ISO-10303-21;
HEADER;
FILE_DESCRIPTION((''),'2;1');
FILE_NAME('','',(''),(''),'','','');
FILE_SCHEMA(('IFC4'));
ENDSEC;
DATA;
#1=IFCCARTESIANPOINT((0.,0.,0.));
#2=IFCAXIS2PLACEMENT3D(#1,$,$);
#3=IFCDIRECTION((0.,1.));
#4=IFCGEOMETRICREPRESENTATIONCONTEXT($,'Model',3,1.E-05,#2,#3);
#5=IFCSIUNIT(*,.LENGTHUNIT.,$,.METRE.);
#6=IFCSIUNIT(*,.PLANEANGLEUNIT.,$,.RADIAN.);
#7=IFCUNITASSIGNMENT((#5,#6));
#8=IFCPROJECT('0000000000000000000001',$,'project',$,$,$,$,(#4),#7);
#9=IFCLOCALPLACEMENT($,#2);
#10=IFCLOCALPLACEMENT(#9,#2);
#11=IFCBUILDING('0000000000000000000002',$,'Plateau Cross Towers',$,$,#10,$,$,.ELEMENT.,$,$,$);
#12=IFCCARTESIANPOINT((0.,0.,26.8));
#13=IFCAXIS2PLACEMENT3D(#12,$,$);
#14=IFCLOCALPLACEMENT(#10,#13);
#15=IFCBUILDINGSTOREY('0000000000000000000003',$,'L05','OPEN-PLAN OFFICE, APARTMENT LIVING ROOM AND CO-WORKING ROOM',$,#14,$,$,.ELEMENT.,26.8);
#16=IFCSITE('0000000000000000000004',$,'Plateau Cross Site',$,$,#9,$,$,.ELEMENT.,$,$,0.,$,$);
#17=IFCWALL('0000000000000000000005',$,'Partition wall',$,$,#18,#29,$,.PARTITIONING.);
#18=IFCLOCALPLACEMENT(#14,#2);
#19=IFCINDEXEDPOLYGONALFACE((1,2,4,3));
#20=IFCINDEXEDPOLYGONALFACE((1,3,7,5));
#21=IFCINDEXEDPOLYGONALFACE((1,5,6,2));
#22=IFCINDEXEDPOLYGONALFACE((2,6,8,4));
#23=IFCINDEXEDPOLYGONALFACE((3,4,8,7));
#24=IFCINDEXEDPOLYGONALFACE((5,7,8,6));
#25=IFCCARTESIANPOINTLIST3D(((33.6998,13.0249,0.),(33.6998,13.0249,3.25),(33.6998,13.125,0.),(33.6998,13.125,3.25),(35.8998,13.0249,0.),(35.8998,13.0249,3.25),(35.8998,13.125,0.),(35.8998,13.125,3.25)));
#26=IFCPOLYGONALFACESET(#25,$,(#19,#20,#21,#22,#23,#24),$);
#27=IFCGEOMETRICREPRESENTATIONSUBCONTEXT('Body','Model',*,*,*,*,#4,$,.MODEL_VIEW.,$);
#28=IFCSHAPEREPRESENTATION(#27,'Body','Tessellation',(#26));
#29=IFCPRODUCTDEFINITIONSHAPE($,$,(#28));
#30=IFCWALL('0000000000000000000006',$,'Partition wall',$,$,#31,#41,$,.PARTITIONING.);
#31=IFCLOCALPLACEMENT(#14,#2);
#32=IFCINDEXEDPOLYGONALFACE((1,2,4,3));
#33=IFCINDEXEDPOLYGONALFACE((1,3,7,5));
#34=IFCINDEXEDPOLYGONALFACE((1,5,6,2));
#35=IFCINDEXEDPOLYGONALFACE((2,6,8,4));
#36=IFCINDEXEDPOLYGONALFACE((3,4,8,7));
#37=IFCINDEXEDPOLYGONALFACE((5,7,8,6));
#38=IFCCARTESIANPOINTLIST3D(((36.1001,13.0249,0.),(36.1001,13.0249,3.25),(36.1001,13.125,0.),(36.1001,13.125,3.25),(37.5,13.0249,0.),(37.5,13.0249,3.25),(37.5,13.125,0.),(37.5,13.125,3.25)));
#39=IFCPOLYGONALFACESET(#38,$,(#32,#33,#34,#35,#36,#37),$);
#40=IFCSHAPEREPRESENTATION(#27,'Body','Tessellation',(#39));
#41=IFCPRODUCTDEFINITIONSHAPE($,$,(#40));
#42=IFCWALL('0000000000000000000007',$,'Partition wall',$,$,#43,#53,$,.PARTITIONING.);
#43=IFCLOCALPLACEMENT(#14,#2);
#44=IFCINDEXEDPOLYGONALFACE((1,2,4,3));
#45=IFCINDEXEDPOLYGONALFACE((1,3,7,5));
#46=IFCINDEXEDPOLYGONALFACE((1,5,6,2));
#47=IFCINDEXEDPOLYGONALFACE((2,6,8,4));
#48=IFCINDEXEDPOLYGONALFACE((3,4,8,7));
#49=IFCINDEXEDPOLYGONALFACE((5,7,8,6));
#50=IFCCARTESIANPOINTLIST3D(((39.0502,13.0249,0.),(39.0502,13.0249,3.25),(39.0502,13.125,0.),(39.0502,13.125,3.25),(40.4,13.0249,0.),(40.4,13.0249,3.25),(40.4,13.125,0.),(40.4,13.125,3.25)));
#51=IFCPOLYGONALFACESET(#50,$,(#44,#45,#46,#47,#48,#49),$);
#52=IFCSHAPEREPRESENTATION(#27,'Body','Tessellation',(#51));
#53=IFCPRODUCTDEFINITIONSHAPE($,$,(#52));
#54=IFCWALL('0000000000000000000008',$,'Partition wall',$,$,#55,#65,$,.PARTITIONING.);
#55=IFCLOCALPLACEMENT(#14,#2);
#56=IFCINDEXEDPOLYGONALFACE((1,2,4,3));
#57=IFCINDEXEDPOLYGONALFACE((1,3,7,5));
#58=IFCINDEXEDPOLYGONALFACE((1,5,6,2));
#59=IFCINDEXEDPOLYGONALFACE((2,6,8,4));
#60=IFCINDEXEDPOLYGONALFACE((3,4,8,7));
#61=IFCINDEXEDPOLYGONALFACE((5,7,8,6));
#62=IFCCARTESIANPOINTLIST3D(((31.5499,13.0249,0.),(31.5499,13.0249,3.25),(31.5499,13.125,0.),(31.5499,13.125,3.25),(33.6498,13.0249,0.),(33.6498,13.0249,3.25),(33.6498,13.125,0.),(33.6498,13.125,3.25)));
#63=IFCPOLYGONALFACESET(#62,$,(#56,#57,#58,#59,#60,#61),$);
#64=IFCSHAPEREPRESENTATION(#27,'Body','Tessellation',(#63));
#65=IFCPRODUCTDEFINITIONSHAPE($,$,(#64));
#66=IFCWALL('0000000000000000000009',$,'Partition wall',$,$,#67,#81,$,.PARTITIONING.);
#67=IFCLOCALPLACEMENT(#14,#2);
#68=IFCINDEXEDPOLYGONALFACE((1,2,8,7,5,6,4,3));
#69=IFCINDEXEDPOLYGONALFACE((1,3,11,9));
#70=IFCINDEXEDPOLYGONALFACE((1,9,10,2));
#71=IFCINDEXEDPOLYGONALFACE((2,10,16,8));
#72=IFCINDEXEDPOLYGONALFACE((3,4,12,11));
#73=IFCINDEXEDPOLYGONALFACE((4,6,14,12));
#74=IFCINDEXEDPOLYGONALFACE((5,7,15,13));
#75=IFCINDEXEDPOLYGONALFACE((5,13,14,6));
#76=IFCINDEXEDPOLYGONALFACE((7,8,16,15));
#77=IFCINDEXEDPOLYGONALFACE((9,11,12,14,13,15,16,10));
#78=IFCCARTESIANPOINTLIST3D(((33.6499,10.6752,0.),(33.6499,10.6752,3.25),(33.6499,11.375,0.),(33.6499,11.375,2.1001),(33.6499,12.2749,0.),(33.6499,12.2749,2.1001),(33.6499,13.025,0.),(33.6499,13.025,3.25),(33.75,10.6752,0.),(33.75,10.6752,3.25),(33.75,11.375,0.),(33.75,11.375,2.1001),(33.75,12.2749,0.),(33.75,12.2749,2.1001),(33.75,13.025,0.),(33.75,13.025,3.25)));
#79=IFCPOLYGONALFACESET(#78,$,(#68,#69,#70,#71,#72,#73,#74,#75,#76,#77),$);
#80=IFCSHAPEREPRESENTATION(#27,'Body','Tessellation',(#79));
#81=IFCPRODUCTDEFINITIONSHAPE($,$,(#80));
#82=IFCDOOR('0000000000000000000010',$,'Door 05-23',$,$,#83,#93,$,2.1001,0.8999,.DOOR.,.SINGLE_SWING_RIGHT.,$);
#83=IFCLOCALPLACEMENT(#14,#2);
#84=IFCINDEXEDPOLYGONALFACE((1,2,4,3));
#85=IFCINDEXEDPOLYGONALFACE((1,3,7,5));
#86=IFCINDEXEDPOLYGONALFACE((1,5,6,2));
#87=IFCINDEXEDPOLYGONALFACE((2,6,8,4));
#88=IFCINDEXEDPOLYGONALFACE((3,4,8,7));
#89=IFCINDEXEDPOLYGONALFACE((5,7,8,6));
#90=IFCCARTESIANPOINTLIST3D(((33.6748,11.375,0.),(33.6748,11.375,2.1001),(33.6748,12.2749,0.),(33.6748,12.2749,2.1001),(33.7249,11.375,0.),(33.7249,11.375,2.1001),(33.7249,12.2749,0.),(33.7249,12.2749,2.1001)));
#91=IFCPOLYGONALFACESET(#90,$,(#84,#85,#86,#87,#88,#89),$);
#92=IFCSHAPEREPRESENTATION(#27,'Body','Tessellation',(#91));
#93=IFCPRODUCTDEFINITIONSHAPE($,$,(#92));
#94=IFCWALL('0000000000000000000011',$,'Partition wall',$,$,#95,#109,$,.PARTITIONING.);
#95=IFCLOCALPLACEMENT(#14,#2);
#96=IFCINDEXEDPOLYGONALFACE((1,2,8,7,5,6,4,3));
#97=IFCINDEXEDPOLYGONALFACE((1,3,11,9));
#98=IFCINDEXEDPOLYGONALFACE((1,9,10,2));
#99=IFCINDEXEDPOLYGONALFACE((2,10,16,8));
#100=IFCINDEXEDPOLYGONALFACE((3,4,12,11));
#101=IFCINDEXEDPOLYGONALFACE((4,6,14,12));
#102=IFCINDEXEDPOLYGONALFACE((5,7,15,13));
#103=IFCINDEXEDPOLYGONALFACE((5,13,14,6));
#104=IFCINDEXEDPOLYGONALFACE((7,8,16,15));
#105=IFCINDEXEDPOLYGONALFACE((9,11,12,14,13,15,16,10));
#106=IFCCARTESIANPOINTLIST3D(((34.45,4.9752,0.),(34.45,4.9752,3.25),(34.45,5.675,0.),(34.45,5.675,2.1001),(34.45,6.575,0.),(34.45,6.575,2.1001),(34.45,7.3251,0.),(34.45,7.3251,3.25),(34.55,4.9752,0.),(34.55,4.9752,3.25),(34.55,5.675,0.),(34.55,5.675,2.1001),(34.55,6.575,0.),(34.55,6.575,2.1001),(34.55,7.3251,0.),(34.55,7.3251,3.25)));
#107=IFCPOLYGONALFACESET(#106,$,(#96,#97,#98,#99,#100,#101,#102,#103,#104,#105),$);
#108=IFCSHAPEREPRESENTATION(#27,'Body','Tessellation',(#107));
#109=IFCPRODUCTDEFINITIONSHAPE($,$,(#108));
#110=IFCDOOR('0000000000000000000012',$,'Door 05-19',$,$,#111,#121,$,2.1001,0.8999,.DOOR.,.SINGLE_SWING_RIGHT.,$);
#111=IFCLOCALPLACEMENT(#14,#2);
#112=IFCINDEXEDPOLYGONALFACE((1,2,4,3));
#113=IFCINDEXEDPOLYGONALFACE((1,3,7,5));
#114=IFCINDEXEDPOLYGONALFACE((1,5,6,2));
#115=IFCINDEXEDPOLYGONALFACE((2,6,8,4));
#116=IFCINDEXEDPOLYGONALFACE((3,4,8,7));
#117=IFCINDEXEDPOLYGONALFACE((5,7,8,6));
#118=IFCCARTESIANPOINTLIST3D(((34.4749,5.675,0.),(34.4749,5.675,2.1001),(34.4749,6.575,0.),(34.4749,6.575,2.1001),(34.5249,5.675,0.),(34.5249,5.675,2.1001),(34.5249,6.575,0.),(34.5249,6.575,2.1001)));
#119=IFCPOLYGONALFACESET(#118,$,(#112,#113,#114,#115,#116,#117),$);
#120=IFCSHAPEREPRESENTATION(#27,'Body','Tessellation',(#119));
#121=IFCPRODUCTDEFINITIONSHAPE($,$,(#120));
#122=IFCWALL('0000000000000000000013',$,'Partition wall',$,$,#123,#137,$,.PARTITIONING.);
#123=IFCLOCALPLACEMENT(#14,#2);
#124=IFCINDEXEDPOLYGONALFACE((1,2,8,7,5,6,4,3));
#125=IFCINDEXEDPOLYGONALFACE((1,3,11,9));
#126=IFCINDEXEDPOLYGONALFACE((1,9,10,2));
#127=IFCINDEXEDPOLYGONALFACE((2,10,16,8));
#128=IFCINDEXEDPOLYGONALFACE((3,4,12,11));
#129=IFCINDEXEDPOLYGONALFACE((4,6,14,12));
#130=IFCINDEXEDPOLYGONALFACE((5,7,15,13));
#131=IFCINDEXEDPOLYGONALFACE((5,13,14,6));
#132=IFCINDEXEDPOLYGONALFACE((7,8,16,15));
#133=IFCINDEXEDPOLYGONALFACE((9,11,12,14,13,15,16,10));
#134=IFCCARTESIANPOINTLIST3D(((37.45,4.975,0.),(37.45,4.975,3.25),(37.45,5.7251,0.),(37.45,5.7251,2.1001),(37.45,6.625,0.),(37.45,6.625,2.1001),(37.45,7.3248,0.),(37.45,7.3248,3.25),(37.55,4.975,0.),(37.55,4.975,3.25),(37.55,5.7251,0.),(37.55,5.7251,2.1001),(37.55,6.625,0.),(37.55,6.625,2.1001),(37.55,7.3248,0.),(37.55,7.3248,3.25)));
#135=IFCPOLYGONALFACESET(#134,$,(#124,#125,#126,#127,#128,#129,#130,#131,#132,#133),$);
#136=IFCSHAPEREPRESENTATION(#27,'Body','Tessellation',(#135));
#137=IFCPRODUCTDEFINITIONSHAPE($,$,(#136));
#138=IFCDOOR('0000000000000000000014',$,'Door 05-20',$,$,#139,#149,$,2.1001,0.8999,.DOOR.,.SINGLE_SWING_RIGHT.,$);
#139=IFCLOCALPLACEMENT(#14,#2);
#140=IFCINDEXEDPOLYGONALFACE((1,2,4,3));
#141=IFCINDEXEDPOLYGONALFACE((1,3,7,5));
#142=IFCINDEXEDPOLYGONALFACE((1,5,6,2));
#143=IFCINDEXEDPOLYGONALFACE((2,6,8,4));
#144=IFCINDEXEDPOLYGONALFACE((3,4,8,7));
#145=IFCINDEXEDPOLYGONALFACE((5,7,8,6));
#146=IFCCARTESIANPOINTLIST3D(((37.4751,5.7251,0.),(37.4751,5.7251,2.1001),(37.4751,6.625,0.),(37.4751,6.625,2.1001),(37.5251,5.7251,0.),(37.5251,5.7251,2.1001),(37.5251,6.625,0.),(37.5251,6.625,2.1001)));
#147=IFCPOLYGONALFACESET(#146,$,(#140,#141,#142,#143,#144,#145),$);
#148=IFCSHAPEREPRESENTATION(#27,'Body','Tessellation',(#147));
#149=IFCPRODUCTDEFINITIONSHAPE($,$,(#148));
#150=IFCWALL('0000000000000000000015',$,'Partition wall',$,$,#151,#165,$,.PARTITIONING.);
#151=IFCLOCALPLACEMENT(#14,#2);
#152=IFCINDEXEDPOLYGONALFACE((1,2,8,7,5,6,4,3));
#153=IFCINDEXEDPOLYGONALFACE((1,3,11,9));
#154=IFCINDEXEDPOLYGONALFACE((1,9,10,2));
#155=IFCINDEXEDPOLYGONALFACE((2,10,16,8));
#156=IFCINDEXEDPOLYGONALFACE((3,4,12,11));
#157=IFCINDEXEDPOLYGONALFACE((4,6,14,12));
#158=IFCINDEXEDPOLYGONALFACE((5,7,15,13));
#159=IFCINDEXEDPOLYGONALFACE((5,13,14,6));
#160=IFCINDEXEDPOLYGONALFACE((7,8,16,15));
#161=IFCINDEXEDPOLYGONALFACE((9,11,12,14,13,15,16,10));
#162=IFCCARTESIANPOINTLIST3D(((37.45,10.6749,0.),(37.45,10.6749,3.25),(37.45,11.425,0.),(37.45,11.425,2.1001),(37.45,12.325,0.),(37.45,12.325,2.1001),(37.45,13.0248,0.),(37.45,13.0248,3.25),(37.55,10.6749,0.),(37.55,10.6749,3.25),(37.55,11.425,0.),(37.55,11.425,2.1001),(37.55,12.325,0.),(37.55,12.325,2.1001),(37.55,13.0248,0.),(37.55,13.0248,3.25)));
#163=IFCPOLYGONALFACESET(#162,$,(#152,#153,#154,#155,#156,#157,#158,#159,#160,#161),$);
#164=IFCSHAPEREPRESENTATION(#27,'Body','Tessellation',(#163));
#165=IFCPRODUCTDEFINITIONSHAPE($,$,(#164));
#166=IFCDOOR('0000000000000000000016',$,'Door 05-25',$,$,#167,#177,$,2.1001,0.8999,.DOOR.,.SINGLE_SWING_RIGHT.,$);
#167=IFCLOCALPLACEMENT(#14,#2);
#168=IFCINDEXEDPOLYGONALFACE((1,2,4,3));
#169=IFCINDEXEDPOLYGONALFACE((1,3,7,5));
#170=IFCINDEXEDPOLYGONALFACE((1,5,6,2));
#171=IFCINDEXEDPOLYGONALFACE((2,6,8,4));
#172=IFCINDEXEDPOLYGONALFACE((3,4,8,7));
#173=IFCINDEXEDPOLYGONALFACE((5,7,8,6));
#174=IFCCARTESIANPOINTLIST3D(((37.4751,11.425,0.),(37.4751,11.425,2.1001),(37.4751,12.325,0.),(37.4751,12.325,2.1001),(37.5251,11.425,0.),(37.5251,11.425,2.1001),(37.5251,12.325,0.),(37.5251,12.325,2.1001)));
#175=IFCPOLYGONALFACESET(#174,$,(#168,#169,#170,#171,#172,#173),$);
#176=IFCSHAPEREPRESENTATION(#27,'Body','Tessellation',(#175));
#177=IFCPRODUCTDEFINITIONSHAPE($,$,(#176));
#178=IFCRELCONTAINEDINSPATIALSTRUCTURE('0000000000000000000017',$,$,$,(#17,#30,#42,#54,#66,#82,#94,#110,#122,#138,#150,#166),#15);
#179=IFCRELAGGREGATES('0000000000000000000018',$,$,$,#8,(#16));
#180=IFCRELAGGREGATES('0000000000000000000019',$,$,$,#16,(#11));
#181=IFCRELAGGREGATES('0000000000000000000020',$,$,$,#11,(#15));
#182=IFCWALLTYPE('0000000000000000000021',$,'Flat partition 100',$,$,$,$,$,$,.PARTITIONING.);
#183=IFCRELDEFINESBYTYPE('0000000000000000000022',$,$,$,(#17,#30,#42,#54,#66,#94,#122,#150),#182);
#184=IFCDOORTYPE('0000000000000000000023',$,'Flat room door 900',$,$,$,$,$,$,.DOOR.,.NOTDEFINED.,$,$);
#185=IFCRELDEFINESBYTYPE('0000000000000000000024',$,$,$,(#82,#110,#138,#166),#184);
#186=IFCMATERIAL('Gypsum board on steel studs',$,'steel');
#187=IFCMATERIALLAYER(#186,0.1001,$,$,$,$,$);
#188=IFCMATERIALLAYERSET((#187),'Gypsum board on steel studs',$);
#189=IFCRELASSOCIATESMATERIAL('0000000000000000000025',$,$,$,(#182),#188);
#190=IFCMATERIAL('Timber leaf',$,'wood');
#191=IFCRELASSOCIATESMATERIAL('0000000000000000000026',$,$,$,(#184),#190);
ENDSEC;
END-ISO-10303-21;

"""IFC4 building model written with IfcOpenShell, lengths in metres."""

from ifc_helpers import new_model, si_unit, direction, frame, frame_2d, origin, place, context, subcontext, project, spatial, rectangle, extrude, material, layer, layer_set, type_object, element, fill, save


model = new_model("IFC4")

# Units and contexts
model_context = context("Model", 3, precision=1e-05, world=origin(), true_north=direction((0.0, 1.0)))
body_context = subcontext(model_context, "Body", "Model", "MODEL_VIEW")
ifc_project = project(units=[si_unit("LENGTHUNIT", "METRE"), si_unit("PLANEANGLEUNIT", "RADIAN")], contexts=[model_context])

# Site, building, storey
site_placement = place(None, origin())
site = spatial("IfcSite", under=ifc_project, at=site_placement, Name="Plateau Cross Site", CompositionType="ELEMENT", RefElevation=0.0)
building_placement = place(site_placement, origin())
building = spatial("IfcBuilding", under=site, at=building_placement, Name="Plateau Cross Towers", CompositionType="ELEMENT")
storey_placement = place(building_placement, frame((0.0, 0.0, 26.8)))
storey = spatial("IfcBuildingStorey", under=building, at=storey_placement, Name="L05", Description="OPEN-PLAN OFFICE, APARTMENT LIVING ROOM AND CO-WORKING ROOM", CompositionType="ELEMENT", Elevation=26.8)

# Walls
ifc_material_1 = material(Name="Gypsum board on steel studs", Category="steel")
ifc_layer_1 = layer(ifc_material_1, 0.1001)
ifc_layer_set_1 = layer_set([ifc_layer_1], Name="Gypsum board on steel studs")
wall_type_1 = type_object("IfcWallType", Name="Flat partition 100", PredefinedType="PARTITIONING", material=ifc_layer_set_1)
wall_1_placement = place(storey_placement, frame((35.8999, 13.075, 0.0), z_axis=(0.0, 0.0, 1.0), x_axis=(-1.0, 0.0, 0.0)))
element("IfcWall", 1, at=wall_1_placement, inside=storey, type_object=wall_type_1, Name="Partition wall", PredefinedType="PARTITIONING", context=body_context, shape_type="SweptSolid", body=[
    extrude(rectangle(XDim=2.2, YDim=0.1001, at=frame_2d((1.1001, 0.0))), origin(), (0.0, 0.0, 1.0), 3.25),
])
wall_2_placement = place(storey_placement, frame((37.5, 13.075, 0.0), z_axis=(0.0, 0.0, 1.0), x_axis=(-1.0, 0.0, 0.0)))
element("IfcWall", 2, at=wall_2_placement, inside=storey, type_object=wall_type_1, Name="Partition wall", PredefinedType="PARTITIONING", context=body_context, shape_type="SweptSolid", body=[
    extrude(rectangle(XDim=1.3999, YDim=0.1001, at=frame_2d((0.7, 0.0))), origin(), (0.0, 0.0, 1.0), 3.25),
])
wall_3_placement = place(storey_placement, frame((40.3999, 13.075, 0.0), z_axis=(0.0, 0.0, 1.0), x_axis=(-1.0, 0.0, 0.0)))
element("IfcWall", 3, at=wall_3_placement, inside=storey, type_object=wall_type_1, Name="Partition wall", PredefinedType="PARTITIONING", context=body_context, shape_type="SweptSolid", body=[
    extrude(rectangle(XDim=1.3499, YDim=0.1001, at=frame_2d((0.6748, 0.0))), origin(), (0.0, 0.0, 1.0), 3.25),
])
wall_4_placement = place(storey_placement, frame((31.55, 13.075, 0.0), z_axis=(0.0, 0.0, 1.0), x_axis=(1.0, 0.0, 0.0)))
element("IfcWall", 4, at=wall_4_placement, inside=storey, type_object=wall_type_1, Name="Partition wall", PredefinedType="PARTITIONING", context=body_context, shape_type="SweptSolid", body=[
    extrude(rectangle(XDim=2.0999, YDim=0.1001, at=frame_2d((1.0498, 0.0))), origin(), (0.0, 0.0, 1.0), 3.25),
])

# Walls, openings, doors
wall_5_placement = place(storey_placement, frame((33.7, 13.0249, 0.0), z_axis=(0.0, 0.0, 1.0), x_axis=(0.0, -1.0, 0.0)))
wall_5 = element("IfcWall", 5, at=wall_5_placement, inside=storey, type_object=wall_type_1, Name="Partition wall", PredefinedType="PARTITIONING", context=body_context, shape_type="SweptSolid", body=[
    extrude(rectangle(XDim=2.3499, YDim=0.1001, at=frame_2d((1.1748, 0.0))), origin(), (0.0, 0.0, 1.0), 3.25),
])
opening_1_placement = place(wall_5_placement, frame((0.75, 0.0, 0.0)))
opening_1 = element("IfcOpeningElement", 6, at=opening_1_placement, cuts=wall_5, PredefinedType="OPENING", context=body_context, shape_type="SweptSolid", body=[
    extrude(rectangle(XDim=0.8999, YDim=2.1001, at=frame_2d((0.45, 1.05))), frame((0.0, 0.0601, 0.0), z_axis=(0.0, -1.0, 0.0), x_axis=(1.0, 0.0, 0.0)), (0.0, 0.0, 1.0), 0.1201),
])
ifc_material_2 = material(Name="Timber leaf", Category="wood")
door_type_1 = type_object("IfcDoorType", Name="Flat room door 900", OperationType="NOTDEFINED", PredefinedType="DOOR", material=ifc_material_2)
door_1_placement = place(opening_1_placement, origin())
door_1 = element("IfcDoor", 7, at=door_1_placement, inside=storey, type_object=door_type_1, Name="Door 05-23", OperationType="SINGLE_SWING_RIGHT", OverallHeight=2.1001, OverallWidth=0.8999, PredefinedType="DOOR", context=body_context, shape_type="SweptSolid", body=[
    extrude(rectangle(XDim=0.8999, YDim=2.1001, at=frame_2d((0.45, 1.05))), frame((0.0, 0.0249, 0.0), z_axis=(0.0, -1.0, 0.0), x_axis=(1.0, 0.0, 0.0)), (0.0, 0.0, 1.0), 0.05),
])
fill(opening_1, door_1)
wall_6_placement = place(storey_placement, frame((34.5, 7.325, 0.0), z_axis=(0.0, 0.0, 1.0), x_axis=(0.0, -1.0, 0.0)))
wall_6 = element("IfcWall", 8, at=wall_6_placement, inside=storey, type_object=wall_type_1, Name="Partition wall", PredefinedType="PARTITIONING", context=body_context, shape_type="SweptSolid", body=[
    extrude(rectangle(XDim=2.3499, YDim=0.1001, at=frame_2d((1.1748, 0.0))), origin(), (0.0, 0.0, 1.0), 3.25),
])
opening_2_placement = place(wall_6_placement, frame((0.75, 0.0, 0.0)))
opening_2 = element("IfcOpeningElement", 9, at=opening_2_placement, cuts=wall_6, PredefinedType="OPENING", context=body_context, shape_type="SweptSolid", body=[
    extrude(rectangle(XDim=0.8999, YDim=2.1001, at=frame_2d((0.45, 1.05))), frame((0.0, 0.0601, 0.0), z_axis=(0.0, -1.0, 0.0), x_axis=(1.0, 0.0, 0.0)), (0.0, 0.0, 1.0), 0.1201),
])
door_2_placement = place(opening_2_placement, origin())
door_2 = element("IfcDoor", 10, at=door_2_placement, inside=storey, type_object=door_type_1, Name="Door 05-19", OperationType="SINGLE_SWING_RIGHT", OverallHeight=2.1001, OverallWidth=0.8999, PredefinedType="DOOR", context=body_context, shape_type="SweptSolid", body=[
    extrude(rectangle(XDim=0.8999, YDim=2.1001, at=frame_2d((0.45, 1.05))), frame((0.0, 0.0249, 0.0), z_axis=(0.0, -1.0, 0.0), x_axis=(1.0, 0.0, 0.0)), (0.0, 0.0, 1.0), 0.05),
])
fill(opening_2, door_2)
wall_7_placement = place(storey_placement, frame((37.5, 4.9751, 0.0), z_axis=(0.0, 0.0, 1.0), x_axis=(0.0, 1.0, 0.0)))
wall_7 = element("IfcWall", 11, at=wall_7_placement, inside=storey, type_object=wall_type_1, Name="Partition wall", PredefinedType="PARTITIONING", context=body_context, shape_type="SweptSolid", body=[
    extrude(rectangle(XDim=2.3499, YDim=0.1001, at=frame_2d((1.1748, 0.0))), origin(), (0.0, 0.0, 1.0), 3.25),
])
opening_3_placement = place(wall_7_placement, frame((0.75, 0.0, 0.0)))
opening_3 = element("IfcOpeningElement", 12, at=opening_3_placement, cuts=wall_7, PredefinedType="OPENING", context=body_context, shape_type="SweptSolid", body=[
    extrude(rectangle(XDim=0.8999, YDim=2.1001, at=frame_2d((0.45, 1.05))), frame((0.0, 0.0601, 0.0), z_axis=(0.0, -1.0, 0.0), x_axis=(1.0, 0.0, 0.0)), (0.0, 0.0, 1.0), 0.1201),
])
door_3_placement = place(opening_3_placement, origin())
door_3 = element("IfcDoor", 13, at=door_3_placement, inside=storey, type_object=door_type_1, Name="Door 05-20", OperationType="SINGLE_SWING_RIGHT", OverallHeight=2.1001, OverallWidth=0.8999, PredefinedType="DOOR", context=body_context, shape_type="SweptSolid", body=[
    extrude(rectangle(XDim=0.8999, YDim=2.1001, at=frame_2d((0.45, 1.05))), frame((0.0, 0.0249, 0.0), z_axis=(0.0, -1.0, 0.0), x_axis=(1.0, 0.0, 0.0)), (0.0, 0.0, 1.0), 0.05),
])
fill(opening_3, door_3)
wall_8_placement = place(storey_placement, frame((37.5, 10.675, 0.0), z_axis=(0.0, 0.0, 1.0), x_axis=(0.0, 1.0, 0.0)))
wall_8 = element("IfcWall", 14, at=wall_8_placement, inside=storey, type_object=wall_type_1, Name="Partition wall", PredefinedType="PARTITIONING", context=body_context, shape_type="SweptSolid", body=[
    extrude(rectangle(XDim=2.3499, YDim=0.1001, at=frame_2d((1.1748, 0.0))), origin(), (0.0, 0.0, 1.0), 3.25),
])
opening_4_placement = place(wall_8_placement, frame((0.75, 0.0, 0.0)))
opening_4 = element("IfcOpeningElement", 15, at=opening_4_placement, cuts=wall_8, PredefinedType="OPENING", context=body_context, shape_type="SweptSolid", body=[
    extrude(rectangle(XDim=0.8999, YDim=2.1001, at=frame_2d((0.45, 1.05))), frame((0.0, 0.0601, 0.0), z_axis=(0.0, -1.0, 0.0), x_axis=(1.0, 0.0, 0.0)), (0.0, 0.0, 1.0), 0.1201),
])
door_4_placement = place(opening_4_placement, origin())
door_4 = element("IfcDoor", 16, at=door_4_placement, inside=storey, type_object=door_type_1, Name="Door 05-25", OperationType="SINGLE_SWING_RIGHT", OverallHeight=2.1001, OverallWidth=0.8999, PredefinedType="DOOR", context=body_context, shape_type="SweptSolid", body=[
    extrude(rectangle(XDim=0.8999, YDim=2.1001, at=frame_2d((0.45, 1.05))), frame((0.0, 0.0249, 0.0), z_axis=(0.0, -1.0, 0.0), x_axis=(1.0, 0.0, 0.0)), (0.0, 0.0, 1.0), 0.05),
])
fill(opening_4, door_4)

save(model, "model.ifc")
